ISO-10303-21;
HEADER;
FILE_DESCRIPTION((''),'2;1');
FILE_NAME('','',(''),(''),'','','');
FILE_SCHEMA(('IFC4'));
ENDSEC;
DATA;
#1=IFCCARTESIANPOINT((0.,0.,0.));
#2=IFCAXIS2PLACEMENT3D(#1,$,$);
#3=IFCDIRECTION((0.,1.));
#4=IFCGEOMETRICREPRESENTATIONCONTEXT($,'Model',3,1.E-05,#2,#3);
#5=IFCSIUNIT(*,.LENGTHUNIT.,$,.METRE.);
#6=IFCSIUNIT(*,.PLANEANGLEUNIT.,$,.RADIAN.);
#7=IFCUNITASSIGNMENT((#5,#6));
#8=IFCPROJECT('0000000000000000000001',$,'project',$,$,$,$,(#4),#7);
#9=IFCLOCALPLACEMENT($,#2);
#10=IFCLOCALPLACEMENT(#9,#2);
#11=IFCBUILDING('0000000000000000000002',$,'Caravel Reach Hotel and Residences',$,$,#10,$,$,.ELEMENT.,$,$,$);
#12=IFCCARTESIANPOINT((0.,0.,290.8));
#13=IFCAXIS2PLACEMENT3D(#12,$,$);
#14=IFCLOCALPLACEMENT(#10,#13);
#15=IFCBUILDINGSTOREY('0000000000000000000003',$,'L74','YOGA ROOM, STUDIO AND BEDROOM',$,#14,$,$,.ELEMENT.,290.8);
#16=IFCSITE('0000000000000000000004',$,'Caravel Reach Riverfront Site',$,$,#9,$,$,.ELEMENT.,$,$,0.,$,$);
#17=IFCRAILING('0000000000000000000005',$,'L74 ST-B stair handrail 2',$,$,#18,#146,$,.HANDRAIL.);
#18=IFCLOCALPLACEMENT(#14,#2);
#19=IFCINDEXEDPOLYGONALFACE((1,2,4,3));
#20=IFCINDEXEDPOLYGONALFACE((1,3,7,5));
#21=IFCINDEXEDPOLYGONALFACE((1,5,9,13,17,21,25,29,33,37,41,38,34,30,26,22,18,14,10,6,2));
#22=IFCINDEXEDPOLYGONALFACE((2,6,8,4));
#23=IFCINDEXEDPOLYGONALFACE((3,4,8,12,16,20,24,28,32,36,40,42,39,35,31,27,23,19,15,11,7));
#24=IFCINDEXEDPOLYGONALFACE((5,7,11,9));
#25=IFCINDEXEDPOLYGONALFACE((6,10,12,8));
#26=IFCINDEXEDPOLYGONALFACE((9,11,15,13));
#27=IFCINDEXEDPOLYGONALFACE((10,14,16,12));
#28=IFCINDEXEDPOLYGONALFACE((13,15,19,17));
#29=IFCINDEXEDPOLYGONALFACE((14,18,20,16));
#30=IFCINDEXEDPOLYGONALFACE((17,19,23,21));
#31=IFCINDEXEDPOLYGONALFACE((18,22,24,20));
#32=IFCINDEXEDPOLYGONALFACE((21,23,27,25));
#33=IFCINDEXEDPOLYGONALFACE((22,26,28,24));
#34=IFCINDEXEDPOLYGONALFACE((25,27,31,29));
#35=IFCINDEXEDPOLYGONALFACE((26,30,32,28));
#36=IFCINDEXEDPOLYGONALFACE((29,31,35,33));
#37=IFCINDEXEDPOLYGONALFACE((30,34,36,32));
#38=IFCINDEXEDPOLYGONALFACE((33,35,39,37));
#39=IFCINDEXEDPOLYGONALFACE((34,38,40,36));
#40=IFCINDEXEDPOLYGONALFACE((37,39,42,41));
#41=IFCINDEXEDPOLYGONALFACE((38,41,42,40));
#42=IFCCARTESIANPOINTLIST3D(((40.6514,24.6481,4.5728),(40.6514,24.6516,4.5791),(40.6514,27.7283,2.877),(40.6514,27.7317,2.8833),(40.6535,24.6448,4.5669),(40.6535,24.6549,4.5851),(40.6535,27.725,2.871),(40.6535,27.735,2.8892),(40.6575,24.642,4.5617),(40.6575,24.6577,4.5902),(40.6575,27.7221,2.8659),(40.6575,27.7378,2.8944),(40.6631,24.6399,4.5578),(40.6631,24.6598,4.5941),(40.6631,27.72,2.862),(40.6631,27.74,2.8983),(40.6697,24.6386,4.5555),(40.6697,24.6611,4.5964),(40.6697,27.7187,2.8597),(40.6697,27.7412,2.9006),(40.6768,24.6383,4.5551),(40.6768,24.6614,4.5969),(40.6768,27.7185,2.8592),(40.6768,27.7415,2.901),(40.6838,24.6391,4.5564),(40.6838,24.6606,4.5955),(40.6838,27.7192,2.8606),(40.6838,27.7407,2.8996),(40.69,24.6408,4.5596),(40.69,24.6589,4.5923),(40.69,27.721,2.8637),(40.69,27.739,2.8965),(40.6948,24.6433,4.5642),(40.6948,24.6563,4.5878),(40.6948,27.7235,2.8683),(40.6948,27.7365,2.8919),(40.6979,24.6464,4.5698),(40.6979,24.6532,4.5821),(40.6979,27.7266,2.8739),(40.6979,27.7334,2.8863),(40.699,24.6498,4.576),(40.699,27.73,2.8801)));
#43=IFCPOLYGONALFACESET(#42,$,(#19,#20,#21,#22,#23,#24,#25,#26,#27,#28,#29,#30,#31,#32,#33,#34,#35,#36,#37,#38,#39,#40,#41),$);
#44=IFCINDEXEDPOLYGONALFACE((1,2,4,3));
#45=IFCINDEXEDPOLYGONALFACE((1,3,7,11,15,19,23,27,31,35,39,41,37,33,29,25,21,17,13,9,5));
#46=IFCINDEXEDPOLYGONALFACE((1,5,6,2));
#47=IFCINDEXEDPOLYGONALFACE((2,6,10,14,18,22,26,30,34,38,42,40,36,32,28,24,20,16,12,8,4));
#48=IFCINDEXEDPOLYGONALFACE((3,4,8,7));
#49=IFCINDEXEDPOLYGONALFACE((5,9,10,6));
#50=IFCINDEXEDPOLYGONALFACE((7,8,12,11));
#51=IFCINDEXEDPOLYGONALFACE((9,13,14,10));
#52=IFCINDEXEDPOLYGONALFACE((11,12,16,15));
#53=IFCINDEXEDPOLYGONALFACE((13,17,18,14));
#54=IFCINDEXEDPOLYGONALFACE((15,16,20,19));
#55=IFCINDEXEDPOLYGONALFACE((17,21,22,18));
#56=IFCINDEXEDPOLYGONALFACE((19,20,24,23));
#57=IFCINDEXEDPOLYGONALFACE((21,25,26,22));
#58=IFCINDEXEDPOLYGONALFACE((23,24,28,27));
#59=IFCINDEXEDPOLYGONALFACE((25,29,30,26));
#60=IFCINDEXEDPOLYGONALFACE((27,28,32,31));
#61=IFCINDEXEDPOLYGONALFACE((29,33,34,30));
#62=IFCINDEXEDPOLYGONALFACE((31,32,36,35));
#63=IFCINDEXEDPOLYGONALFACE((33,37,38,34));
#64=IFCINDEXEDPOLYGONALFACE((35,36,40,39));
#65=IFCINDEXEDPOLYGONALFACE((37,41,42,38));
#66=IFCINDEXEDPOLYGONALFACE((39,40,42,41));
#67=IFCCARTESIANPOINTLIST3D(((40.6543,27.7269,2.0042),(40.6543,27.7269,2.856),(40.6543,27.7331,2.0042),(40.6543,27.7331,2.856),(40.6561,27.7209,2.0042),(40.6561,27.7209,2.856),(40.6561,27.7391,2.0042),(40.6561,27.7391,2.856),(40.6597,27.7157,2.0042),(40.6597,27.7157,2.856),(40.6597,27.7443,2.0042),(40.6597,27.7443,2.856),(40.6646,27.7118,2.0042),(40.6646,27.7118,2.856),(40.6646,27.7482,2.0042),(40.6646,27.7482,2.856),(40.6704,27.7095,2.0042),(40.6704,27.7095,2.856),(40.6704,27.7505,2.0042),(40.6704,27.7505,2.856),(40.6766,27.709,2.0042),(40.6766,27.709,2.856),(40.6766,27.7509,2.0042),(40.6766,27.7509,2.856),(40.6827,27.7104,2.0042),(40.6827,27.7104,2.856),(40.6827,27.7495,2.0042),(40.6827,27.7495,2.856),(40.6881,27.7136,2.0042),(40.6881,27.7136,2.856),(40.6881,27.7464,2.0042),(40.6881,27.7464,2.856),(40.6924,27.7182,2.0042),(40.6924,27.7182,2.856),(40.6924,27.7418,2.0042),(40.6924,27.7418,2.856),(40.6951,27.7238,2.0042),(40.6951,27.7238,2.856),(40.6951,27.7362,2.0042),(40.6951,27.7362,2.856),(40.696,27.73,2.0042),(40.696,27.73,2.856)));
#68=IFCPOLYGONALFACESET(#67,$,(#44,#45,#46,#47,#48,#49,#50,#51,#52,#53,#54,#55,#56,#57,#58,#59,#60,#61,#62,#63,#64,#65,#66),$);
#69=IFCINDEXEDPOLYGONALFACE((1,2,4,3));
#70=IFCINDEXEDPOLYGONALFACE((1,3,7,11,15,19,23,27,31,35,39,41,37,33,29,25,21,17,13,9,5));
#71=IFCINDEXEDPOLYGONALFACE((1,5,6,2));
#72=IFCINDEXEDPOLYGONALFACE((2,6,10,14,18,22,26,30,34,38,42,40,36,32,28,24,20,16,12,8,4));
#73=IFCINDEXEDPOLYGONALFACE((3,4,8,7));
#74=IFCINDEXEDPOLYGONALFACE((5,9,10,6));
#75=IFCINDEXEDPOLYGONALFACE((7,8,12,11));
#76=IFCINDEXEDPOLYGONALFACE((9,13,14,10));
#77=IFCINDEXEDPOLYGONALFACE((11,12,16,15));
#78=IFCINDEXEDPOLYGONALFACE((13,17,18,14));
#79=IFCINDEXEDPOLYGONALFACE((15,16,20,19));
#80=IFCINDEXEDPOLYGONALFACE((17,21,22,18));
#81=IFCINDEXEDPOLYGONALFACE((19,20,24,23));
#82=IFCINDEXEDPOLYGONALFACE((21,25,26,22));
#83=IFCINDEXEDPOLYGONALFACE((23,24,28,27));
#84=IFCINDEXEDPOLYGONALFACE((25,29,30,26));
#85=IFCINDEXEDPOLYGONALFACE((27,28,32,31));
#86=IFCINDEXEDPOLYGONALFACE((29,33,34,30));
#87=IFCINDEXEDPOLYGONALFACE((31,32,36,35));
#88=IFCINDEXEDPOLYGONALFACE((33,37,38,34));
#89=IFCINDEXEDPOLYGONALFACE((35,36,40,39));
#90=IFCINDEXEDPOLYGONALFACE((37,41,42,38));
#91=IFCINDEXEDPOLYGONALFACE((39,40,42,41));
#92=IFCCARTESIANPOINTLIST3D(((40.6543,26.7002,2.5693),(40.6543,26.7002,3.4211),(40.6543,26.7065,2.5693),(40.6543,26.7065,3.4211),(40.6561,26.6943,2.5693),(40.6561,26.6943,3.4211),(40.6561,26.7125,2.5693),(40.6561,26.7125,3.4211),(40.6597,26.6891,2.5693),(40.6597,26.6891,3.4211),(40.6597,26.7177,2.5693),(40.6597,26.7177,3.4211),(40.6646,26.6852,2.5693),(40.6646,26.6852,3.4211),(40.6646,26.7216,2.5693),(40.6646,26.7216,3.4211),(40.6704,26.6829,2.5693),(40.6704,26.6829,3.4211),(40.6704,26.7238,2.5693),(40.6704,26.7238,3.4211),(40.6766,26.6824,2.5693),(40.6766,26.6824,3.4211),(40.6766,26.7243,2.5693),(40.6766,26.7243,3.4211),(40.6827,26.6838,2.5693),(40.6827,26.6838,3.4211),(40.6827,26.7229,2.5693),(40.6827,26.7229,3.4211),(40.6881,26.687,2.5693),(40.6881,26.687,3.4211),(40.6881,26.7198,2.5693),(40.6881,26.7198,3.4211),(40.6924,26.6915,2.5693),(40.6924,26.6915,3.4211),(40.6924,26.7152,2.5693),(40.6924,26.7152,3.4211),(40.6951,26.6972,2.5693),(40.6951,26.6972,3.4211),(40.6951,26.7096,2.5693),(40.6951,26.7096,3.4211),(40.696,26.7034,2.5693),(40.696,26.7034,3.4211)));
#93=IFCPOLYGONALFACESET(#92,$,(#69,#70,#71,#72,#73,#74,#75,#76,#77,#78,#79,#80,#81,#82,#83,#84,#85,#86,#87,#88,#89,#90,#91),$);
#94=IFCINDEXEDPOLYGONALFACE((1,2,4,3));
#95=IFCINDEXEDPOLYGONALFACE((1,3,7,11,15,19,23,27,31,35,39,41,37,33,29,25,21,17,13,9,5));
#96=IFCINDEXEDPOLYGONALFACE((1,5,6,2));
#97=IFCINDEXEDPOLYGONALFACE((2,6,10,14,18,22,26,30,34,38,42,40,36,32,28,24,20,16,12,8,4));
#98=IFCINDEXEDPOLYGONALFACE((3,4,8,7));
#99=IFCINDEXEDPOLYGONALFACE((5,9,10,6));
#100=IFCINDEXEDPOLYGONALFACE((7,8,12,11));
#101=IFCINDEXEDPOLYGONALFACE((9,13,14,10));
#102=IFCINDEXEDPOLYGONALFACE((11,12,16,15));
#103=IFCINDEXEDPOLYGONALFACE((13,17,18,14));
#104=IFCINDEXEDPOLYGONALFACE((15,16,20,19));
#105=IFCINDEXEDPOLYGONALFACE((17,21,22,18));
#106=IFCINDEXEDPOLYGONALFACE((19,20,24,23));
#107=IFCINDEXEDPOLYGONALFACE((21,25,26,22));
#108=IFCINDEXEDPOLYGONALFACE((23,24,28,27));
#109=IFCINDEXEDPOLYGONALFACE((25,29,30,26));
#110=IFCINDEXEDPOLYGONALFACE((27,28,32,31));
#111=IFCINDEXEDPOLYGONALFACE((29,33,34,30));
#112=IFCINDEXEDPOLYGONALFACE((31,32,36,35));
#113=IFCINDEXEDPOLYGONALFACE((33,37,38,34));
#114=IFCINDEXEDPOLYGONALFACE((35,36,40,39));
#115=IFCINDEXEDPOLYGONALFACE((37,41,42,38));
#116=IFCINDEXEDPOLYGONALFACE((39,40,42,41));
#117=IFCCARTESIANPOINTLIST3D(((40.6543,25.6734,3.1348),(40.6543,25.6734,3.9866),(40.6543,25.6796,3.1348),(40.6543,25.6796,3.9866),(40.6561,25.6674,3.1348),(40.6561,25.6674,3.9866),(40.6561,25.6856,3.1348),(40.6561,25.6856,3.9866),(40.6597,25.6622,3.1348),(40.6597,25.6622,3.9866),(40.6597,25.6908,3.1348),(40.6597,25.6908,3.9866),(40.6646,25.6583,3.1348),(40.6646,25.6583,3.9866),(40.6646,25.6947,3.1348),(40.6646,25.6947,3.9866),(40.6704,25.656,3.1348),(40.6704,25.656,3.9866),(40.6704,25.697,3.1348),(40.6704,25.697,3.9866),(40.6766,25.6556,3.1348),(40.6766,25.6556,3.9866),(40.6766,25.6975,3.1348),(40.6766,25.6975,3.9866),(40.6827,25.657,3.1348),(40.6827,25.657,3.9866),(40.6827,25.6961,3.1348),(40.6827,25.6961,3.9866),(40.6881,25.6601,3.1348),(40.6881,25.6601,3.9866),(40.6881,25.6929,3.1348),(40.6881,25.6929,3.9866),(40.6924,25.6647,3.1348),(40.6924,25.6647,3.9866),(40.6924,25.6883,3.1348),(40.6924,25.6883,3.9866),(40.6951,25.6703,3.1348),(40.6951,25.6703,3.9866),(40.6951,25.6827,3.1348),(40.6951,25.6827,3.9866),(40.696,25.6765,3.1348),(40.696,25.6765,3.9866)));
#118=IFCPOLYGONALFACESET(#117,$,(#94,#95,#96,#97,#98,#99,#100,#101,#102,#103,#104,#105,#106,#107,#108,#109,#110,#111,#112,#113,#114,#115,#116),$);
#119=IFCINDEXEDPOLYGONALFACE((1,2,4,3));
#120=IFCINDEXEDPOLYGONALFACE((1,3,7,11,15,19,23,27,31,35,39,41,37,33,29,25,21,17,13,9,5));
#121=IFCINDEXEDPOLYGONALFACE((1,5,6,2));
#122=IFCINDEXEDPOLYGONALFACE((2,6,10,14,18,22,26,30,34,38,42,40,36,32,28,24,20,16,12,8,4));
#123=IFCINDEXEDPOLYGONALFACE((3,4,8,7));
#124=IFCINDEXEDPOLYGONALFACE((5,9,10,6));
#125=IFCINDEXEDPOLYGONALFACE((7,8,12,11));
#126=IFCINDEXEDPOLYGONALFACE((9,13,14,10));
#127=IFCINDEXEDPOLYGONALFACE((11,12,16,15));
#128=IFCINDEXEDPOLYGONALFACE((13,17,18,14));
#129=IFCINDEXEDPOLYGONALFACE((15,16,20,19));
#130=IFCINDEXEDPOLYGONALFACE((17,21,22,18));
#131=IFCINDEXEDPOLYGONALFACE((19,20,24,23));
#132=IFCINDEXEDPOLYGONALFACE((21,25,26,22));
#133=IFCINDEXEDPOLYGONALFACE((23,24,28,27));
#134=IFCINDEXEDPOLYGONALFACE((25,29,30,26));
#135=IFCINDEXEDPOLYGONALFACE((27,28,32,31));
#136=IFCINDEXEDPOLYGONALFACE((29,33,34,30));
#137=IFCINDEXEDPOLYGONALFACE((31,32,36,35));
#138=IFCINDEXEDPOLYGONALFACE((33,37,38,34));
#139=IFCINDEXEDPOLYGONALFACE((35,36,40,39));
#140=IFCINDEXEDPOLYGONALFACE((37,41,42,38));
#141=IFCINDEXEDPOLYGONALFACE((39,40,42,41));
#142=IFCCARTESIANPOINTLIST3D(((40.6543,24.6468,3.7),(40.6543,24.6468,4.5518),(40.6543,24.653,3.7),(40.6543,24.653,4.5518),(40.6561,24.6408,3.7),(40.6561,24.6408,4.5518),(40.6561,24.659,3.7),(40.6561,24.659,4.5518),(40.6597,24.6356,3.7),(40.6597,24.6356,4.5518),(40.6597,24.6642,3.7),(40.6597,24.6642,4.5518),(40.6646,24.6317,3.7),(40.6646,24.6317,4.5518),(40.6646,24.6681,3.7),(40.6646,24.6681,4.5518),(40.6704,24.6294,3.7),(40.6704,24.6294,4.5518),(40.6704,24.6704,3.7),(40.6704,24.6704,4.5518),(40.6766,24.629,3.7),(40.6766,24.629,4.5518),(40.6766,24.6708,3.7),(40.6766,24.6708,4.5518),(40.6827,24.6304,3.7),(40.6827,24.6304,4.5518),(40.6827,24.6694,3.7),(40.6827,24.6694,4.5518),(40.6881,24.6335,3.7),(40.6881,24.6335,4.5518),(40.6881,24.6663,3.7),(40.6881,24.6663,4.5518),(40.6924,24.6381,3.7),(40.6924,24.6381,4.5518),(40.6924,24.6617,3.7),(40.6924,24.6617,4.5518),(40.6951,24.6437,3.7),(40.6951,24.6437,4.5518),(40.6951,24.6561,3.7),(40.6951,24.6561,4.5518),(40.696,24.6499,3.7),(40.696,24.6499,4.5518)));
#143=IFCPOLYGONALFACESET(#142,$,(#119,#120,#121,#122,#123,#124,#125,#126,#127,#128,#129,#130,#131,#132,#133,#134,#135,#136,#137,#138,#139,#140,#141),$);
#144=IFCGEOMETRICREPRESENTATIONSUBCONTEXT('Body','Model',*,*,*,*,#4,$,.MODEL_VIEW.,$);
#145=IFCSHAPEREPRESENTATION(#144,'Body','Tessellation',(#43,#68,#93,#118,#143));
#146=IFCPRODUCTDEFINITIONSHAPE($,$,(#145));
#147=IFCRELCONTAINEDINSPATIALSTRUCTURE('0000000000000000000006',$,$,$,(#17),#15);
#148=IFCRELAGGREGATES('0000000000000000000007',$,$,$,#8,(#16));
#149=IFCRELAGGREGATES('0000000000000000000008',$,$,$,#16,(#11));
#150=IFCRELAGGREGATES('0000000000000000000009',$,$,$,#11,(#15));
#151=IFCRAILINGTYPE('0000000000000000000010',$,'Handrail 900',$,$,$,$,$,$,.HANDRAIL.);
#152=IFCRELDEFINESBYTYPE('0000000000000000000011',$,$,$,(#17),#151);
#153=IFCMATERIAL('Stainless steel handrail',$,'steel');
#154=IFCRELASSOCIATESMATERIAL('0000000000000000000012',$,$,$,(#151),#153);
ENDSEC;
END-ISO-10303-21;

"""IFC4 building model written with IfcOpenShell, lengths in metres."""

from ifc_helpers import new_model, si_unit, direction, frame, origin, origin_2d, place, context, subcontext, project, spatial, circle, extrude, material, type_object, element, save


model = new_model("IFC4")

# Units and contexts
model_context = context("Model", 3, precision=1e-05, world=origin(), true_north=direction((0.0, 1.0)))
body_context = subcontext(model_context, "Body", "Model", "MODEL_VIEW")
ifc_project = project(units=[si_unit("LENGTHUNIT", "METRE"), si_unit("PLANEANGLEUNIT", "RADIAN")], contexts=[model_context])

# Site, building, storey
site_placement = place(None, origin())
site = spatial("IfcSite", under=ifc_project, at=site_placement, Name="Caravel Reach Riverfront Site", CompositionType="ELEMENT", RefElevation=0.0)
building_placement = place(site_placement, origin())
building = spatial("IfcBuilding", under=site, at=building_placement, Name="Caravel Reach Hotel and Residences", CompositionType="ELEMENT")
storey_placement = place(building_placement, frame((0.0, 0.0, 290.8)))
storey = spatial("IfcBuildingStorey", under=building, at=storey_placement, Name="L74", Description="YOGA ROOM, STUDIO AND BEDROOM", CompositionType="ELEMENT", Elevation=290.8)

# Railing
ifc_material_1 = material(Name="Stainless steel handrail", Category="steel")
railing_type_1 = type_object("IfcRailingType", Name="Handrail 900", PredefinedType="HANDRAIL", material=ifc_material_1)
railing_1_placement = place(storey_placement, frame((40.675, 27.73, 2.0042)))
element("IfcRailing", 1, at=railing_1_placement, inside=storey, type_object=railing_type_1, Name="L74 ST-B stair handrail 2", PredefinedType="HANDRAIL", context=body_context, shape_type="SweptSolid", body=[
    extrude(circle(Radius=0.0239, at=origin_2d()), frame((0.0, 0.0, 0.876), z_axis=(0.0, -0.876005, 0.482303), x_axis=(1.0, 0.0, 0.0)), (0.0, 0.0, 1.0), 3.5161),
    extrude(circle(Radius=0.021, at=origin_2d()), origin(), (0.0, 0.0, 1.0), 0.8518),
    extrude(circle(Radius=0.021, at=origin_2d()), frame((0.0, -1.0266, 0.5652)), (0.0, 0.0, 1.0), 0.8518),
    extrude(circle(Radius=0.021, at=origin_2d()), frame((0.0, -2.0535, 1.1306)), (0.0, 0.0, 1.0), 0.8518),
    extrude(circle(Radius=0.021, at=origin_2d()), frame((0.0, -3.0801, 1.6958)), (0.0, 0.0, 1.0), 0.8518),
])

save(model, "model.ifc")
